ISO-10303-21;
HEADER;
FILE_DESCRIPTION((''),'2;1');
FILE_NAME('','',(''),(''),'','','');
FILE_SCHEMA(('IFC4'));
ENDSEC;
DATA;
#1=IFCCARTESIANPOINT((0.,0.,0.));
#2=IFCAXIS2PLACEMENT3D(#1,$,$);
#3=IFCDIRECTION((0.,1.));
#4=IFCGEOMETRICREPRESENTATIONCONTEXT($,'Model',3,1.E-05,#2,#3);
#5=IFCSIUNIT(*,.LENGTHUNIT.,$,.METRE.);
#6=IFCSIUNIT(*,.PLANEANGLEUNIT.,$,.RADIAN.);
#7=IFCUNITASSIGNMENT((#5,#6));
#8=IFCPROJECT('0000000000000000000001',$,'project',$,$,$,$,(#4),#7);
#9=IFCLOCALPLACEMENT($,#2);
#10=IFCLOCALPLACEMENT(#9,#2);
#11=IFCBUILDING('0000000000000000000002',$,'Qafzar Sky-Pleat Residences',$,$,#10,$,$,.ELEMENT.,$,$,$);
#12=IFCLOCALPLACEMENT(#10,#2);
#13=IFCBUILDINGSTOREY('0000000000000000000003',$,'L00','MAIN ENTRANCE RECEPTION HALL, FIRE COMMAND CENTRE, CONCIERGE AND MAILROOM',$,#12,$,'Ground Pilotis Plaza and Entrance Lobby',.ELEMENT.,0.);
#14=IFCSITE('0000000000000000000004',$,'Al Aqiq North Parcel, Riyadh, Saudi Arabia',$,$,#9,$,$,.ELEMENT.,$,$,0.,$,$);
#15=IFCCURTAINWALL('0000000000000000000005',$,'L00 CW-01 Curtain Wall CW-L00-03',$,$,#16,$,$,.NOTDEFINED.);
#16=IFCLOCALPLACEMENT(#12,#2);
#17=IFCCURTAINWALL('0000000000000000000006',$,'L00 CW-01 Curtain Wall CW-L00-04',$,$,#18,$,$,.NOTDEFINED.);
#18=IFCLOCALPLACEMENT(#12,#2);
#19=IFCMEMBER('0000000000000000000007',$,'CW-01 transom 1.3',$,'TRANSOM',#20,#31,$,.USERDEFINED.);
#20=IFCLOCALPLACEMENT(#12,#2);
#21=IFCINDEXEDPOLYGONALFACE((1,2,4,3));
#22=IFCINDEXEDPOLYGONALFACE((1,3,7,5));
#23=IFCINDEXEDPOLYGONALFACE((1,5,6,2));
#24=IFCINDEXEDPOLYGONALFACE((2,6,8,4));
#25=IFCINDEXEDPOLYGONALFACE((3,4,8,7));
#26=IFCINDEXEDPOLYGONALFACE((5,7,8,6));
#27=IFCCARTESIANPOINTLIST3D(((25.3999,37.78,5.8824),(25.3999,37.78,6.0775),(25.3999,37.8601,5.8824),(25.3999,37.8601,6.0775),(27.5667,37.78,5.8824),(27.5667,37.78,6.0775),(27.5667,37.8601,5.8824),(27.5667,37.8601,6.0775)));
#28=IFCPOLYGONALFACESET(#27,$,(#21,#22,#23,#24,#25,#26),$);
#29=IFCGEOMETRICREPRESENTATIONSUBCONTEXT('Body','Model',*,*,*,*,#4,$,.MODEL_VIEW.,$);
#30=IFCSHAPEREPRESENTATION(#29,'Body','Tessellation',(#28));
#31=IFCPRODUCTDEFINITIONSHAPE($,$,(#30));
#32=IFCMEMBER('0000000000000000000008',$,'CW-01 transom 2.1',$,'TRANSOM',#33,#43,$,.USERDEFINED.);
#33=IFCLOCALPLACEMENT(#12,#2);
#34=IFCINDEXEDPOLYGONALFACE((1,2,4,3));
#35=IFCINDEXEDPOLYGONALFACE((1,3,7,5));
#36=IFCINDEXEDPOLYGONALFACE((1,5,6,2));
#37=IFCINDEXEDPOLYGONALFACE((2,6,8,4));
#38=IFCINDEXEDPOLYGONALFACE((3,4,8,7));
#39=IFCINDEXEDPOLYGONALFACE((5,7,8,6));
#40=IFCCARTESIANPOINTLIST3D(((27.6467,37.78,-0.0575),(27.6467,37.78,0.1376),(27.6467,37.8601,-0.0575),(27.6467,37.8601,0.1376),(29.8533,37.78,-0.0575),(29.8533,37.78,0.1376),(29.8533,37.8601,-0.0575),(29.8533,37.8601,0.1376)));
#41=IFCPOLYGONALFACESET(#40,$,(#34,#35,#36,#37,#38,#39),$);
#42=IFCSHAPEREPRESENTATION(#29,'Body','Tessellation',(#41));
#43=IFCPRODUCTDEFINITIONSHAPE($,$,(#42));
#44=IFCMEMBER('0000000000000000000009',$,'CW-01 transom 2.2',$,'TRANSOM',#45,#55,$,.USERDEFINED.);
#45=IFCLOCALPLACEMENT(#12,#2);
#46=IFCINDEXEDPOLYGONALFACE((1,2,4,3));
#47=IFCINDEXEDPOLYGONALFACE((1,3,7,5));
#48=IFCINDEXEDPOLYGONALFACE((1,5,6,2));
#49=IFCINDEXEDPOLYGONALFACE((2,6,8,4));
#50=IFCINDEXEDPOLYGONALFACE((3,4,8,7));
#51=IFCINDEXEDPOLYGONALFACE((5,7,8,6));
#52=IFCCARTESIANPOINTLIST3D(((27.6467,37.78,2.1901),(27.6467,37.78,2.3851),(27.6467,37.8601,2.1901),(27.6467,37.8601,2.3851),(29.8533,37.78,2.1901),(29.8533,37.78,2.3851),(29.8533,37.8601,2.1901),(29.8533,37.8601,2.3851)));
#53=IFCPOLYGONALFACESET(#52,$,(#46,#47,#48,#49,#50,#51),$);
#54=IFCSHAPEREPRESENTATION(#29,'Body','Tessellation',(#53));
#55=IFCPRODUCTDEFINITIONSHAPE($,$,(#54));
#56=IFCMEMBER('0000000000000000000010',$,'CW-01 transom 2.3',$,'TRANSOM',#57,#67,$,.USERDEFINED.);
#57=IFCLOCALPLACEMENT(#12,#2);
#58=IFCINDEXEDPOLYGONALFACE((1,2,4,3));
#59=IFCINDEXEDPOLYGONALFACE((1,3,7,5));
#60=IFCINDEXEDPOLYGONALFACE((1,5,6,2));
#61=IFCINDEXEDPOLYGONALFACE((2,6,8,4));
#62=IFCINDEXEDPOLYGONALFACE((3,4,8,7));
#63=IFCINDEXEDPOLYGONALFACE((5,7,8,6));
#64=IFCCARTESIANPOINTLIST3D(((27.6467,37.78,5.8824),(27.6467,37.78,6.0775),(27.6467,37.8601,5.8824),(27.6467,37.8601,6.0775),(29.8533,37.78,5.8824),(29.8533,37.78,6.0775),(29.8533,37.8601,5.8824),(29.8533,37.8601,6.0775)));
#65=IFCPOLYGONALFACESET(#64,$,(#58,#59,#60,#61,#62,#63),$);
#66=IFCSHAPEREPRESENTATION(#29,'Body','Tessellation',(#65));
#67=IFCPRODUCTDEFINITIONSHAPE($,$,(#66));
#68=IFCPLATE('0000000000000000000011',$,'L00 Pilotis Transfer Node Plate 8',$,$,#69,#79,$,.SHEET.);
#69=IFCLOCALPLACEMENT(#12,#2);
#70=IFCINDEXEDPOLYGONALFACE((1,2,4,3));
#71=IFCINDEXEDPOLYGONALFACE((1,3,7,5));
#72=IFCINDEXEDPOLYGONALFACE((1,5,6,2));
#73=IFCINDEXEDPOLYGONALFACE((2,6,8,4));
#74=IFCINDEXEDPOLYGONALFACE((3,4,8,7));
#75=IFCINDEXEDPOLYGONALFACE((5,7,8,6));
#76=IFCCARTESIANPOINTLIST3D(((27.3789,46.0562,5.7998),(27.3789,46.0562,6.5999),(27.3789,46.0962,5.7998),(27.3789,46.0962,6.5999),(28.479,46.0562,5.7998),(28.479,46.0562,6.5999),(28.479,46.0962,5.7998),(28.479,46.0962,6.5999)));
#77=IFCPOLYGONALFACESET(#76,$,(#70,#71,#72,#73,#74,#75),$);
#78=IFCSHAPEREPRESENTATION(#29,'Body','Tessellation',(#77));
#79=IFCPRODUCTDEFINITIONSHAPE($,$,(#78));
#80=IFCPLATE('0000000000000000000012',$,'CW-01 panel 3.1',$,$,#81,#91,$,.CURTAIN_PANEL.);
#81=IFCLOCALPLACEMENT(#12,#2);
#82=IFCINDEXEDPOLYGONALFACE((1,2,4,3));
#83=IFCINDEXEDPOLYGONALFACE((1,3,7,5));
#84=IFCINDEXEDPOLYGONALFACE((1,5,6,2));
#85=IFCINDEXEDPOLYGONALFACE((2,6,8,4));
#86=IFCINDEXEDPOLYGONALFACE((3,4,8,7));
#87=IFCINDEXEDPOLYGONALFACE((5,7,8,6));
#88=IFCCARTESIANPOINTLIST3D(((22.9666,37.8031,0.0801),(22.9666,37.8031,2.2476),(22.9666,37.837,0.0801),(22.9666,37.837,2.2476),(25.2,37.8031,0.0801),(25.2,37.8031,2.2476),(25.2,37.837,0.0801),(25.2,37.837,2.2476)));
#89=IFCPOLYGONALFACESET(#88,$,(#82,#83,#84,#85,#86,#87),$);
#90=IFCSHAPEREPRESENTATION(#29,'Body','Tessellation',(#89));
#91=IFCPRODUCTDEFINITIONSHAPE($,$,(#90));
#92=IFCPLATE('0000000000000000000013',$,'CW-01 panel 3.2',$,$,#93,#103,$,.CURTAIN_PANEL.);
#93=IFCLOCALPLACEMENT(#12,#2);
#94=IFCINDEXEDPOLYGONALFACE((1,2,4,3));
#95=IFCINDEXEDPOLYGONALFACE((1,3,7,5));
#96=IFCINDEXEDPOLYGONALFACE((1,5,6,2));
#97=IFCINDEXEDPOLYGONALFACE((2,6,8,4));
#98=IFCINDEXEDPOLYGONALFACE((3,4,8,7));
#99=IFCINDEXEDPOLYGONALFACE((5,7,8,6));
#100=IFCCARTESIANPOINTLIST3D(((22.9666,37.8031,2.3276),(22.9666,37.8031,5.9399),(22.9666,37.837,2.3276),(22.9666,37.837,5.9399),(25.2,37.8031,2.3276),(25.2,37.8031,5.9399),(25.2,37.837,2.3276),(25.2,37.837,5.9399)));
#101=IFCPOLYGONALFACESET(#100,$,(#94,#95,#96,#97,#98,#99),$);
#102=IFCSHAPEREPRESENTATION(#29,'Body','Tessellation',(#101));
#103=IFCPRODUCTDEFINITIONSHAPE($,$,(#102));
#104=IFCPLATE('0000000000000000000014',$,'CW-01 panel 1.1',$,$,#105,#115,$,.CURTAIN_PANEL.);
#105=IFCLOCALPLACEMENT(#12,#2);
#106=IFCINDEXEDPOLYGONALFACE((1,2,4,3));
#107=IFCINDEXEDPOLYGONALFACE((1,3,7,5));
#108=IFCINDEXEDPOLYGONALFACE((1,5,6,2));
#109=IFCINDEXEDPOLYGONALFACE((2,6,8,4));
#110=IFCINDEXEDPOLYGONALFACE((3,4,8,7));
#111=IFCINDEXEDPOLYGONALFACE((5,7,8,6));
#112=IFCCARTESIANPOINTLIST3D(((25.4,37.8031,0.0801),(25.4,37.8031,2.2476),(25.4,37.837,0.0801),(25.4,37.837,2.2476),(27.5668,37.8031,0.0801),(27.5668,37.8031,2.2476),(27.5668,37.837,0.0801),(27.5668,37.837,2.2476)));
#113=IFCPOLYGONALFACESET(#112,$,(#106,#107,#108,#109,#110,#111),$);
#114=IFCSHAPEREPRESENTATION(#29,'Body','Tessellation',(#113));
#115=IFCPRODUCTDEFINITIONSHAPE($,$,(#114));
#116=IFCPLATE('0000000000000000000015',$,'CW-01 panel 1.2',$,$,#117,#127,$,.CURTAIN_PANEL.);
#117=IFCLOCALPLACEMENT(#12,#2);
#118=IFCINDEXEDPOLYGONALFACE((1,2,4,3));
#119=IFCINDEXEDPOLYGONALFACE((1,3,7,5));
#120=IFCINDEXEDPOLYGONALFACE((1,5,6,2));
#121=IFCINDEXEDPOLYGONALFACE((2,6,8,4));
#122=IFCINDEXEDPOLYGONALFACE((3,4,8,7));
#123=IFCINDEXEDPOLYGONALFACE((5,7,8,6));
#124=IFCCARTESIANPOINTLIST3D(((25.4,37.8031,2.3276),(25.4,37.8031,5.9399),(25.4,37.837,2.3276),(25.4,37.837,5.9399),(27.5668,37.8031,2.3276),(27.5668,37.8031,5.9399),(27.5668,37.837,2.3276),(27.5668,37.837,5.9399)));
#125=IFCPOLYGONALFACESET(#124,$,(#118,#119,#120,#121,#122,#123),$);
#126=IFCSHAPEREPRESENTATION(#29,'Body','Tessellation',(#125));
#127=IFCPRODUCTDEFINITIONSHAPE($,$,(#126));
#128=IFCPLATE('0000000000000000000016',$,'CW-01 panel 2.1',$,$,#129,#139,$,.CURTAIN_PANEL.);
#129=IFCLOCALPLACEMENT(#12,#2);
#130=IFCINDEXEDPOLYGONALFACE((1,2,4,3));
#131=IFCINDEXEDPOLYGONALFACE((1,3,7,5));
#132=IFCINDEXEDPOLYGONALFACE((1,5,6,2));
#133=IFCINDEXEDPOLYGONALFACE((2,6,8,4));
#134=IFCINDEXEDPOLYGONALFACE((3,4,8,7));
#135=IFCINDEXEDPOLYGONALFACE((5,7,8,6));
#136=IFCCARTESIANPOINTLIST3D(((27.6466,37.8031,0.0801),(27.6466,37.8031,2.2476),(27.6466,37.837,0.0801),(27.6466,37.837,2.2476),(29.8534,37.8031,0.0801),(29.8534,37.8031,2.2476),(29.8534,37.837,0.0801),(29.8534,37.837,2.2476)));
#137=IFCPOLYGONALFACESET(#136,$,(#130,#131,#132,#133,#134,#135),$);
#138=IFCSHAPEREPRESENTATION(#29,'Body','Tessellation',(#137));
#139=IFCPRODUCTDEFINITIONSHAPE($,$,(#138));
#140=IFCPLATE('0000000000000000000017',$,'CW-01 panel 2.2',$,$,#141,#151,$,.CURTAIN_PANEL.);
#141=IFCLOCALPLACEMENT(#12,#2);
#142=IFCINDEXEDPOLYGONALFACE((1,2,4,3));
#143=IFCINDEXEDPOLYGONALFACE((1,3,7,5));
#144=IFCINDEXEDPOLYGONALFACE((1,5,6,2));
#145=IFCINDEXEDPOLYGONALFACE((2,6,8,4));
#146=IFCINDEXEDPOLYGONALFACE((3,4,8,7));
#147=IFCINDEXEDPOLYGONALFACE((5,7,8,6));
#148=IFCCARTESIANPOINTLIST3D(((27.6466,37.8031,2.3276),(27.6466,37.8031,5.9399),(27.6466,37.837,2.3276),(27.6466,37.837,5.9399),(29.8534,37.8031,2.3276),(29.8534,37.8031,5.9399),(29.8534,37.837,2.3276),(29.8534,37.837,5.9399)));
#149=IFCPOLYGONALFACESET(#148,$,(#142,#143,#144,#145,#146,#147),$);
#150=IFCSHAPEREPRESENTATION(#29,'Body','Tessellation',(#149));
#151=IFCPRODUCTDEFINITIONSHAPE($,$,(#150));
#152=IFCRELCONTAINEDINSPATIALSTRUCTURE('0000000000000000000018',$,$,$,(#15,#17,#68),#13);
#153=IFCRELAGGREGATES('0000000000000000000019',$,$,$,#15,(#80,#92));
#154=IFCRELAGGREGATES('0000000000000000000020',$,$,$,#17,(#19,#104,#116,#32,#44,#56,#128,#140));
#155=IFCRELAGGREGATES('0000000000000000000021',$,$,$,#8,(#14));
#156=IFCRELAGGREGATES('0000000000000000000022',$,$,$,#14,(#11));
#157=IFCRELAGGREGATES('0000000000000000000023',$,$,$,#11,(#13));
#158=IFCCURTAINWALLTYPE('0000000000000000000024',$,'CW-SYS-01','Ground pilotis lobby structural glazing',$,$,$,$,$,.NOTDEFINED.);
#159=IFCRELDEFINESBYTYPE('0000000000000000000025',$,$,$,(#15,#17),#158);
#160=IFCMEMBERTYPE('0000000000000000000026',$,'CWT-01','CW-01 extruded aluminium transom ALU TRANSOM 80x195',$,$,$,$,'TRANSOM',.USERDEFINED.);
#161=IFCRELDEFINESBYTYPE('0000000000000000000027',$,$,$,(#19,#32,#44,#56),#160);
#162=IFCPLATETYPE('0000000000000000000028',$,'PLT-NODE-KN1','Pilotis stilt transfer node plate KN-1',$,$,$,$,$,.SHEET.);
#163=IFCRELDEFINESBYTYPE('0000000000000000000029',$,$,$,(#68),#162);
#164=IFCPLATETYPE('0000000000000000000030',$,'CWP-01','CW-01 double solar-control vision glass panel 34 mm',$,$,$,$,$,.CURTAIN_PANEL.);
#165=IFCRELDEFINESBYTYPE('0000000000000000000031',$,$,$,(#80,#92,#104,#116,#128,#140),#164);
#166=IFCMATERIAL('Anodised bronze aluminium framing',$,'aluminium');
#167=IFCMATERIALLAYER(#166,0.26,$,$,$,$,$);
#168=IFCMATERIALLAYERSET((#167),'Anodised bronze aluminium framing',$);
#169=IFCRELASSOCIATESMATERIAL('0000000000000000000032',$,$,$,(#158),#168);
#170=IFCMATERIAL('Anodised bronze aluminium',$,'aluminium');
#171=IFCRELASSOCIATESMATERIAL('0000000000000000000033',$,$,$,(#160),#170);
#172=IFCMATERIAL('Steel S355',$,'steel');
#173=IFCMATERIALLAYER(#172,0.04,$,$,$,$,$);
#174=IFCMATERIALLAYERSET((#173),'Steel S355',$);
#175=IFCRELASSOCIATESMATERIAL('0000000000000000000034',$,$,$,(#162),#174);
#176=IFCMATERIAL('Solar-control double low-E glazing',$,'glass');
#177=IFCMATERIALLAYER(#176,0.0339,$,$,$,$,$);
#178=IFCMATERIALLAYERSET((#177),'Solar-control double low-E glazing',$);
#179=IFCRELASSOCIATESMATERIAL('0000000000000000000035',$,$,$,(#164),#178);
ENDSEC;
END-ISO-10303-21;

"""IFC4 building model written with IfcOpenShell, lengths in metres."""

from ifc_helpers import new_model, si_unit, direction, frame, origin, origin_2d, place, context, subcontext, project, spatial, rectangle, extrude, source, transform, mapped, material, layer, layer_set, material_profile, profile_set, type_object, element, aggregate, save


model = new_model("IFC4")

# Units and contexts
model_context = context("Model", 3, precision=1e-05, world=origin(), true_north=direction((0.0, 1.0)))
body_context = subcontext(model_context, "Body", "Model", "MODEL_VIEW")
ifc_project = project(units=[si_unit("LENGTHUNIT", "METRE"), si_unit("PLANEANGLEUNIT", "RADIAN")], contexts=[model_context])

# Site, building, storey
site_placement = place(None, origin())
site = spatial("IfcSite", under=ifc_project, at=site_placement, Name="Al Aqiq North Parcel, Riyadh, Saudi Arabia", CompositionType="ELEMENT", RefElevation=0.0)
building_placement = place(site_placement, origin())
building = spatial("IfcBuilding", under=site, at=building_placement, Name="Qafzar Sky-Pleat Residences", CompositionType="ELEMENT")
storey_placement = place(building_placement, origin())
storey = spatial("IfcBuildingStorey", under=building, at=storey_placement, Name="L00", Description="MAIN ENTRANCE RECEPTION HALL, FIRE COMMAND CENTRE, CONCIERGE AND MAILROOM", LongName="Ground Pilotis Plaza and Entrance Lobby", CompositionType="ELEMENT", Elevation=0.0)

# Curtain walls
ifc_material_1 = material(Name="Anodised bronze aluminium framing", Category="aluminium")
ifc_layer_1 = layer(ifc_material_1, 0.26)
ifc_layer_set_1 = layer_set([ifc_layer_1], Name="Anodised bronze aluminium framing")
curtain_wall_type = type_object("IfcCurtainWallType", Name="CW-SYS-01", Description="Ground pilotis lobby structural glazing", PredefinedType="NOTDEFINED", material=ifc_layer_set_1)
curtain_wall_1_placement = place(storey_placement, origin())
curtain_wall_1 = element("IfcCurtainWall", 1, at=curtain_wall_1_placement, inside=storey, type_object=curtain_wall_type, Name="L00 CW-01 Curtain Wall CW-L00-03", PredefinedType="NOTDEFINED")
ifc_material_2 = material(Name="Anodised bronze aluminium", Category="aluminium")
curtain_wall_2_placement = place(storey_placement, origin())
curtain_wall_2 = element("IfcCurtainWall", 2, at=curtain_wall_2_placement, inside=storey, type_object=curtain_wall_type, Name="L00 CW-01 Curtain Wall CW-L00-04", PredefinedType="NOTDEFINED")

# Members
ifc_material_profile_1 = material_profile(ifc_material_2, rectangle(XDim=0.0801, YDim=0.1951, at=origin_2d()), Name="ALU TRANSOM 80x195")
ifc_profile_set_1 = profile_set([ifc_material_profile_1], Name="Anodised bronze aluminium")
member_type_1 = type_object("IfcMemberType", Name="CWT-01", Description="CW-01 extruded aluminium transom ALU TRANSOM 80x195", ElementType="TRANSOM", PredefinedType="USERDEFINED", material=ifc_profile_set_1)
shared_shape_1 = source(origin(), body_context, "Body", "SweptSolid", [
    extrude(rectangle(XDim=0.0801, YDim=0.1951, at=origin_2d()), origin(), (0.0, 0.0, 1.0), 2.1667),
])
member_1_placement = place(storey_placement, frame((25.3999, 37.8201, 5.98), z_axis=(1.0, 0.0, 0.0), x_axis=(0.0, 1.0, 0.0)))
member_1 = element("IfcMember", 3, at=member_1_placement, type_object=member_type_1, Name="CW-01 transom 1.3", ObjectType="TRANSOM", PredefinedType="USERDEFINED", context=body_context, shape_type="MappedRepresentation", body=[
    mapped(shared_shape_1, transform((0.0, 0.0, 0.0), x_axis=(1.0, 0.0, 0.0), y_axis=(0.0, 1.0, 0.0), z_axis=(0.0, 0.0, 1.0), scale=1.0)),
])
shared_shape_2 = source(origin(), body_context, "Body", "SweptSolid", [
    extrude(rectangle(XDim=0.0801, YDim=0.1951, at=origin_2d()), origin(), (0.0, 0.0, 1.0), 2.2065),
])
member_2_placement = place(storey_placement, frame((27.6467, 37.8201, 0.04), z_axis=(1.0, 0.0, 0.0), x_axis=(0.0, 1.0, 0.0)))
member_2 = element("IfcMember", 4, at=member_2_placement, type_object=member_type_1, Name="CW-01 transom 2.1", ObjectType="TRANSOM", PredefinedType="USERDEFINED", context=body_context, shape_type="MappedRepresentation", body=[
    mapped(shared_shape_2, transform((0.0, 0.0, 0.0), x_axis=(1.0, 0.0, 0.0), y_axis=(0.0, 1.0, 0.0), z_axis=(0.0, 0.0, 1.0), scale=1.0)),
])
member_3_placement = place(storey_placement, frame((27.6467, 37.8201, 2.2876), z_axis=(1.0, 0.0, 0.0), x_axis=(0.0, 1.0, 0.0)))
member_3 = element("IfcMember", 5, at=member_3_placement, type_object=member_type_1, Name="CW-01 transom 2.2", ObjectType="TRANSOM", PredefinedType="USERDEFINED", context=body_context, shape_type="MappedRepresentation", body=[
    mapped(shared_shape_2, transform((0.0, 0.0, 0.0), x_axis=(1.0, 0.0, 0.0), y_axis=(0.0, 1.0, 0.0), z_axis=(0.0, 0.0, 1.0), scale=1.0)),
])
member_4_placement = place(storey_placement, frame((27.6467, 37.8201, 5.98), z_axis=(1.0, 0.0, 0.0), x_axis=(0.0, 1.0, 0.0)))
member_4 = element("IfcMember", 6, at=member_4_placement, type_object=member_type_1, Name="CW-01 transom 2.3", ObjectType="TRANSOM", PredefinedType="USERDEFINED", context=body_context, shape_type="MappedRepresentation", body=[
    mapped(shared_shape_2, transform((0.0, 0.0, 0.0), x_axis=(1.0, 0.0, 0.0), y_axis=(0.0, 1.0, 0.0), z_axis=(0.0, 0.0, 1.0), scale=1.0)),
])

# Plates
ifc_material_3 = material(Name="Steel S355", Category="steel")
ifc_layer_2 = layer(ifc_material_3, 0.04)
ifc_layer_set_2 = layer_set([ifc_layer_2], Name="Steel S355")
plate_type_1 = type_object("IfcPlateType", Name="PLT-NODE-KN1", Description="Pilotis stilt transfer node plate KN-1", PredefinedType="SHEET", material=ifc_layer_set_2)
shared_shape_3 = source(origin(), body_context, "Body", "SweptSolid", [
    extrude(rectangle(XDim=1.1001, YDim=0.04, at=origin_2d()), origin(), (0.0, 0.0, 1.0), 0.8),
])
plate_1_placement = place(storey_placement, frame((27.929, 46.0762, 5.7998), z_axis=(0.0, 0.0, 1.0), x_axis=(1.0, 0.0, 0.0)))
element("IfcPlate", 7, at=plate_1_placement, inside=storey, type_object=plate_type_1, Name="L00 Pilotis Transfer Node Plate 8", PredefinedType="SHEET", context=body_context, shape_type="MappedRepresentation", body=[
    mapped(shared_shape_3, transform((0.0, 0.0, 0.0), x_axis=(1.0, 0.0, 0.0), y_axis=(0.0, 1.0, 0.0), z_axis=(0.0, 0.0, 1.0), scale=1.0)),
])
ifc_material_4 = material(Name="Solar-control double low-E glazing", Category="glass")
ifc_layer_3 = layer(ifc_material_4, 0.0339)
ifc_layer_set_3 = layer_set([ifc_layer_3], Name="Solar-control double low-E glazing")
plate_type_2 = type_object("IfcPlateType", Name="CWP-01", Description="CW-01 double solar-control vision glass panel 34 mm", PredefinedType="CURTAIN_PANEL", material=ifc_layer_set_3)
shared_shape_4 = source(origin(), body_context, "Body", "SweptSolid", [
    extrude(rectangle(XDim=2.2334, YDim=0.0339, at=origin_2d()), origin(), (0.0, 0.0, 1.0), 2.1675),
])
plate_2_placement = place(storey_placement, frame((24.0833, 37.8201, 0.0801), z_axis=(0.0, 0.0, 1.0), x_axis=(1.0, 0.0, 0.0)))
plate_2 = element("IfcPlate", 8, at=plate_2_placement, type_object=plate_type_2, Name="CW-01 panel 3.1", PredefinedType="CURTAIN_PANEL", context=body_context, shape_type="MappedRepresentation", body=[
    mapped(shared_shape_4, transform((0.0, 0.0, 0.0), x_axis=(1.0, 0.0, 0.0), y_axis=(0.0, 1.0, 0.0), z_axis=(0.0, 0.0, 1.0), scale=1.0)),
])
shared_shape_5 = source(origin(), body_context, "Body", "SweptSolid", [
    extrude(rectangle(XDim=2.2334, YDim=0.0339, at=origin_2d()), origin(), (0.0, 0.0, 1.0), 3.6123),
])
plate_3_placement = place(storey_placement, frame((24.0833, 37.8201, 2.3276), z_axis=(0.0, 0.0, 1.0), x_axis=(1.0, 0.0, 0.0)))
plate_3 = element("IfcPlate", 9, at=plate_3_placement, type_object=plate_type_2, Name="CW-01 panel 3.2", PredefinedType="CURTAIN_PANEL", context=body_context, shape_type="MappedRepresentation", body=[
    mapped(shared_shape_5, transform((0.0, 0.0, 0.0), x_axis=(1.0, 0.0, 0.0), y_axis=(0.0, 1.0, 0.0), z_axis=(0.0, 0.0, 1.0), scale=1.0)),
])
aggregate(curtain_wall_1, [plate_2, plate_3])
shared_shape_6 = source(origin(), body_context, "Body", "SweptSolid", [
    extrude(rectangle(XDim=2.1667, YDim=0.0339, at=origin_2d()), origin(), (0.0, 0.0, 1.0), 2.1675),
])
plate_4_placement = place(storey_placement, frame((26.4834, 37.8201, 0.0801), z_axis=(0.0, 0.0, 1.0), x_axis=(1.0, 0.0, 0.0)))
plate_4 = element("IfcPlate", 10, at=plate_4_placement, type_object=plate_type_2, Name="CW-01 panel 1.1", PredefinedType="CURTAIN_PANEL", context=body_context, shape_type="MappedRepresentation", body=[
    mapped(shared_shape_6, transform((0.0, 0.0, 0.0), x_axis=(1.0, 0.0, 0.0), y_axis=(0.0, 1.0, 0.0), z_axis=(0.0, 0.0, 1.0), scale=1.0)),
])
shared_shape_7 = source(origin(), body_context, "Body", "SweptSolid", [
    extrude(rectangle(XDim=2.1667, YDim=0.0339, at=origin_2d()), origin(), (0.0, 0.0, 1.0), 3.6123),
])
plate_5_placement = place(storey_placement, frame((26.4834, 37.8201, 2.3276), z_axis=(0.0, 0.0, 1.0), x_axis=(1.0, 0.0, 0.0)))
plate_5 = element("IfcPlate", 11, at=plate_5_placement, type_object=plate_type_2, Name="CW-01 panel 1.2", PredefinedType="CURTAIN_PANEL", context=body_context, shape_type="MappedRepresentation", body=[
    mapped(shared_shape_7, transform((0.0, 0.0, 0.0), x_axis=(1.0, 0.0, 0.0), y_axis=(0.0, 1.0, 0.0), z_axis=(0.0, 0.0, 1.0), scale=1.0)),
])
shared_shape_8 = source(origin(), body_context, "Body", "SweptSolid", [
    extrude(rectangle(XDim=2.2068, YDim=0.0339, at=origin_2d()), origin(), (0.0, 0.0, 1.0), 2.1675),
])
plate_6_placement = place(storey_placement, frame((28.75, 37.8201, 0.0801), z_axis=(0.0, 0.0, 1.0), x_axis=(1.0, 0.0, 0.0)))
plate_6 = element("IfcPlate", 12, at=plate_6_placement, type_object=plate_type_2, Name="CW-01 panel 2.1", PredefinedType="CURTAIN_PANEL", context=body_context, shape_type="MappedRepresentation", body=[
    mapped(shared_shape_8, transform((0.0, 0.0, 0.0), x_axis=(1.0, 0.0, 0.0), y_axis=(0.0, 1.0, 0.0), z_axis=(0.0, 0.0, 1.0), scale=1.0)),
])
shared_shape_9 = source(origin(), body_context, "Body", "SweptSolid", [
    extrude(rectangle(XDim=2.2068, YDim=0.0339, at=origin_2d()), origin(), (0.0, 0.0, 1.0), 3.6123),
])
plate_7_placement = place(storey_placement, frame((28.75, 37.8201, 2.3276), z_axis=(0.0, 0.0, 1.0), x_axis=(1.0, 0.0, 0.0)))
plate_7 = element("IfcPlate", 13, at=plate_7_placement, type_object=plate_type_2, Name="CW-01 panel 2.2", PredefinedType="CURTAIN_PANEL", context=body_context, shape_type="MappedRepresentation", body=[
    mapped(shared_shape_9, transform((0.0, 0.0, 0.0), x_axis=(1.0, 0.0, 0.0), y_axis=(0.0, 1.0, 0.0), z_axis=(0.0, 0.0, 1.0), scale=1.0)),
])
aggregate(curtain_wall_2, [member_1, plate_4, plate_5, member_2, member_3, member_4, plate_6, plate_7])

save(model, "model.ifc")
